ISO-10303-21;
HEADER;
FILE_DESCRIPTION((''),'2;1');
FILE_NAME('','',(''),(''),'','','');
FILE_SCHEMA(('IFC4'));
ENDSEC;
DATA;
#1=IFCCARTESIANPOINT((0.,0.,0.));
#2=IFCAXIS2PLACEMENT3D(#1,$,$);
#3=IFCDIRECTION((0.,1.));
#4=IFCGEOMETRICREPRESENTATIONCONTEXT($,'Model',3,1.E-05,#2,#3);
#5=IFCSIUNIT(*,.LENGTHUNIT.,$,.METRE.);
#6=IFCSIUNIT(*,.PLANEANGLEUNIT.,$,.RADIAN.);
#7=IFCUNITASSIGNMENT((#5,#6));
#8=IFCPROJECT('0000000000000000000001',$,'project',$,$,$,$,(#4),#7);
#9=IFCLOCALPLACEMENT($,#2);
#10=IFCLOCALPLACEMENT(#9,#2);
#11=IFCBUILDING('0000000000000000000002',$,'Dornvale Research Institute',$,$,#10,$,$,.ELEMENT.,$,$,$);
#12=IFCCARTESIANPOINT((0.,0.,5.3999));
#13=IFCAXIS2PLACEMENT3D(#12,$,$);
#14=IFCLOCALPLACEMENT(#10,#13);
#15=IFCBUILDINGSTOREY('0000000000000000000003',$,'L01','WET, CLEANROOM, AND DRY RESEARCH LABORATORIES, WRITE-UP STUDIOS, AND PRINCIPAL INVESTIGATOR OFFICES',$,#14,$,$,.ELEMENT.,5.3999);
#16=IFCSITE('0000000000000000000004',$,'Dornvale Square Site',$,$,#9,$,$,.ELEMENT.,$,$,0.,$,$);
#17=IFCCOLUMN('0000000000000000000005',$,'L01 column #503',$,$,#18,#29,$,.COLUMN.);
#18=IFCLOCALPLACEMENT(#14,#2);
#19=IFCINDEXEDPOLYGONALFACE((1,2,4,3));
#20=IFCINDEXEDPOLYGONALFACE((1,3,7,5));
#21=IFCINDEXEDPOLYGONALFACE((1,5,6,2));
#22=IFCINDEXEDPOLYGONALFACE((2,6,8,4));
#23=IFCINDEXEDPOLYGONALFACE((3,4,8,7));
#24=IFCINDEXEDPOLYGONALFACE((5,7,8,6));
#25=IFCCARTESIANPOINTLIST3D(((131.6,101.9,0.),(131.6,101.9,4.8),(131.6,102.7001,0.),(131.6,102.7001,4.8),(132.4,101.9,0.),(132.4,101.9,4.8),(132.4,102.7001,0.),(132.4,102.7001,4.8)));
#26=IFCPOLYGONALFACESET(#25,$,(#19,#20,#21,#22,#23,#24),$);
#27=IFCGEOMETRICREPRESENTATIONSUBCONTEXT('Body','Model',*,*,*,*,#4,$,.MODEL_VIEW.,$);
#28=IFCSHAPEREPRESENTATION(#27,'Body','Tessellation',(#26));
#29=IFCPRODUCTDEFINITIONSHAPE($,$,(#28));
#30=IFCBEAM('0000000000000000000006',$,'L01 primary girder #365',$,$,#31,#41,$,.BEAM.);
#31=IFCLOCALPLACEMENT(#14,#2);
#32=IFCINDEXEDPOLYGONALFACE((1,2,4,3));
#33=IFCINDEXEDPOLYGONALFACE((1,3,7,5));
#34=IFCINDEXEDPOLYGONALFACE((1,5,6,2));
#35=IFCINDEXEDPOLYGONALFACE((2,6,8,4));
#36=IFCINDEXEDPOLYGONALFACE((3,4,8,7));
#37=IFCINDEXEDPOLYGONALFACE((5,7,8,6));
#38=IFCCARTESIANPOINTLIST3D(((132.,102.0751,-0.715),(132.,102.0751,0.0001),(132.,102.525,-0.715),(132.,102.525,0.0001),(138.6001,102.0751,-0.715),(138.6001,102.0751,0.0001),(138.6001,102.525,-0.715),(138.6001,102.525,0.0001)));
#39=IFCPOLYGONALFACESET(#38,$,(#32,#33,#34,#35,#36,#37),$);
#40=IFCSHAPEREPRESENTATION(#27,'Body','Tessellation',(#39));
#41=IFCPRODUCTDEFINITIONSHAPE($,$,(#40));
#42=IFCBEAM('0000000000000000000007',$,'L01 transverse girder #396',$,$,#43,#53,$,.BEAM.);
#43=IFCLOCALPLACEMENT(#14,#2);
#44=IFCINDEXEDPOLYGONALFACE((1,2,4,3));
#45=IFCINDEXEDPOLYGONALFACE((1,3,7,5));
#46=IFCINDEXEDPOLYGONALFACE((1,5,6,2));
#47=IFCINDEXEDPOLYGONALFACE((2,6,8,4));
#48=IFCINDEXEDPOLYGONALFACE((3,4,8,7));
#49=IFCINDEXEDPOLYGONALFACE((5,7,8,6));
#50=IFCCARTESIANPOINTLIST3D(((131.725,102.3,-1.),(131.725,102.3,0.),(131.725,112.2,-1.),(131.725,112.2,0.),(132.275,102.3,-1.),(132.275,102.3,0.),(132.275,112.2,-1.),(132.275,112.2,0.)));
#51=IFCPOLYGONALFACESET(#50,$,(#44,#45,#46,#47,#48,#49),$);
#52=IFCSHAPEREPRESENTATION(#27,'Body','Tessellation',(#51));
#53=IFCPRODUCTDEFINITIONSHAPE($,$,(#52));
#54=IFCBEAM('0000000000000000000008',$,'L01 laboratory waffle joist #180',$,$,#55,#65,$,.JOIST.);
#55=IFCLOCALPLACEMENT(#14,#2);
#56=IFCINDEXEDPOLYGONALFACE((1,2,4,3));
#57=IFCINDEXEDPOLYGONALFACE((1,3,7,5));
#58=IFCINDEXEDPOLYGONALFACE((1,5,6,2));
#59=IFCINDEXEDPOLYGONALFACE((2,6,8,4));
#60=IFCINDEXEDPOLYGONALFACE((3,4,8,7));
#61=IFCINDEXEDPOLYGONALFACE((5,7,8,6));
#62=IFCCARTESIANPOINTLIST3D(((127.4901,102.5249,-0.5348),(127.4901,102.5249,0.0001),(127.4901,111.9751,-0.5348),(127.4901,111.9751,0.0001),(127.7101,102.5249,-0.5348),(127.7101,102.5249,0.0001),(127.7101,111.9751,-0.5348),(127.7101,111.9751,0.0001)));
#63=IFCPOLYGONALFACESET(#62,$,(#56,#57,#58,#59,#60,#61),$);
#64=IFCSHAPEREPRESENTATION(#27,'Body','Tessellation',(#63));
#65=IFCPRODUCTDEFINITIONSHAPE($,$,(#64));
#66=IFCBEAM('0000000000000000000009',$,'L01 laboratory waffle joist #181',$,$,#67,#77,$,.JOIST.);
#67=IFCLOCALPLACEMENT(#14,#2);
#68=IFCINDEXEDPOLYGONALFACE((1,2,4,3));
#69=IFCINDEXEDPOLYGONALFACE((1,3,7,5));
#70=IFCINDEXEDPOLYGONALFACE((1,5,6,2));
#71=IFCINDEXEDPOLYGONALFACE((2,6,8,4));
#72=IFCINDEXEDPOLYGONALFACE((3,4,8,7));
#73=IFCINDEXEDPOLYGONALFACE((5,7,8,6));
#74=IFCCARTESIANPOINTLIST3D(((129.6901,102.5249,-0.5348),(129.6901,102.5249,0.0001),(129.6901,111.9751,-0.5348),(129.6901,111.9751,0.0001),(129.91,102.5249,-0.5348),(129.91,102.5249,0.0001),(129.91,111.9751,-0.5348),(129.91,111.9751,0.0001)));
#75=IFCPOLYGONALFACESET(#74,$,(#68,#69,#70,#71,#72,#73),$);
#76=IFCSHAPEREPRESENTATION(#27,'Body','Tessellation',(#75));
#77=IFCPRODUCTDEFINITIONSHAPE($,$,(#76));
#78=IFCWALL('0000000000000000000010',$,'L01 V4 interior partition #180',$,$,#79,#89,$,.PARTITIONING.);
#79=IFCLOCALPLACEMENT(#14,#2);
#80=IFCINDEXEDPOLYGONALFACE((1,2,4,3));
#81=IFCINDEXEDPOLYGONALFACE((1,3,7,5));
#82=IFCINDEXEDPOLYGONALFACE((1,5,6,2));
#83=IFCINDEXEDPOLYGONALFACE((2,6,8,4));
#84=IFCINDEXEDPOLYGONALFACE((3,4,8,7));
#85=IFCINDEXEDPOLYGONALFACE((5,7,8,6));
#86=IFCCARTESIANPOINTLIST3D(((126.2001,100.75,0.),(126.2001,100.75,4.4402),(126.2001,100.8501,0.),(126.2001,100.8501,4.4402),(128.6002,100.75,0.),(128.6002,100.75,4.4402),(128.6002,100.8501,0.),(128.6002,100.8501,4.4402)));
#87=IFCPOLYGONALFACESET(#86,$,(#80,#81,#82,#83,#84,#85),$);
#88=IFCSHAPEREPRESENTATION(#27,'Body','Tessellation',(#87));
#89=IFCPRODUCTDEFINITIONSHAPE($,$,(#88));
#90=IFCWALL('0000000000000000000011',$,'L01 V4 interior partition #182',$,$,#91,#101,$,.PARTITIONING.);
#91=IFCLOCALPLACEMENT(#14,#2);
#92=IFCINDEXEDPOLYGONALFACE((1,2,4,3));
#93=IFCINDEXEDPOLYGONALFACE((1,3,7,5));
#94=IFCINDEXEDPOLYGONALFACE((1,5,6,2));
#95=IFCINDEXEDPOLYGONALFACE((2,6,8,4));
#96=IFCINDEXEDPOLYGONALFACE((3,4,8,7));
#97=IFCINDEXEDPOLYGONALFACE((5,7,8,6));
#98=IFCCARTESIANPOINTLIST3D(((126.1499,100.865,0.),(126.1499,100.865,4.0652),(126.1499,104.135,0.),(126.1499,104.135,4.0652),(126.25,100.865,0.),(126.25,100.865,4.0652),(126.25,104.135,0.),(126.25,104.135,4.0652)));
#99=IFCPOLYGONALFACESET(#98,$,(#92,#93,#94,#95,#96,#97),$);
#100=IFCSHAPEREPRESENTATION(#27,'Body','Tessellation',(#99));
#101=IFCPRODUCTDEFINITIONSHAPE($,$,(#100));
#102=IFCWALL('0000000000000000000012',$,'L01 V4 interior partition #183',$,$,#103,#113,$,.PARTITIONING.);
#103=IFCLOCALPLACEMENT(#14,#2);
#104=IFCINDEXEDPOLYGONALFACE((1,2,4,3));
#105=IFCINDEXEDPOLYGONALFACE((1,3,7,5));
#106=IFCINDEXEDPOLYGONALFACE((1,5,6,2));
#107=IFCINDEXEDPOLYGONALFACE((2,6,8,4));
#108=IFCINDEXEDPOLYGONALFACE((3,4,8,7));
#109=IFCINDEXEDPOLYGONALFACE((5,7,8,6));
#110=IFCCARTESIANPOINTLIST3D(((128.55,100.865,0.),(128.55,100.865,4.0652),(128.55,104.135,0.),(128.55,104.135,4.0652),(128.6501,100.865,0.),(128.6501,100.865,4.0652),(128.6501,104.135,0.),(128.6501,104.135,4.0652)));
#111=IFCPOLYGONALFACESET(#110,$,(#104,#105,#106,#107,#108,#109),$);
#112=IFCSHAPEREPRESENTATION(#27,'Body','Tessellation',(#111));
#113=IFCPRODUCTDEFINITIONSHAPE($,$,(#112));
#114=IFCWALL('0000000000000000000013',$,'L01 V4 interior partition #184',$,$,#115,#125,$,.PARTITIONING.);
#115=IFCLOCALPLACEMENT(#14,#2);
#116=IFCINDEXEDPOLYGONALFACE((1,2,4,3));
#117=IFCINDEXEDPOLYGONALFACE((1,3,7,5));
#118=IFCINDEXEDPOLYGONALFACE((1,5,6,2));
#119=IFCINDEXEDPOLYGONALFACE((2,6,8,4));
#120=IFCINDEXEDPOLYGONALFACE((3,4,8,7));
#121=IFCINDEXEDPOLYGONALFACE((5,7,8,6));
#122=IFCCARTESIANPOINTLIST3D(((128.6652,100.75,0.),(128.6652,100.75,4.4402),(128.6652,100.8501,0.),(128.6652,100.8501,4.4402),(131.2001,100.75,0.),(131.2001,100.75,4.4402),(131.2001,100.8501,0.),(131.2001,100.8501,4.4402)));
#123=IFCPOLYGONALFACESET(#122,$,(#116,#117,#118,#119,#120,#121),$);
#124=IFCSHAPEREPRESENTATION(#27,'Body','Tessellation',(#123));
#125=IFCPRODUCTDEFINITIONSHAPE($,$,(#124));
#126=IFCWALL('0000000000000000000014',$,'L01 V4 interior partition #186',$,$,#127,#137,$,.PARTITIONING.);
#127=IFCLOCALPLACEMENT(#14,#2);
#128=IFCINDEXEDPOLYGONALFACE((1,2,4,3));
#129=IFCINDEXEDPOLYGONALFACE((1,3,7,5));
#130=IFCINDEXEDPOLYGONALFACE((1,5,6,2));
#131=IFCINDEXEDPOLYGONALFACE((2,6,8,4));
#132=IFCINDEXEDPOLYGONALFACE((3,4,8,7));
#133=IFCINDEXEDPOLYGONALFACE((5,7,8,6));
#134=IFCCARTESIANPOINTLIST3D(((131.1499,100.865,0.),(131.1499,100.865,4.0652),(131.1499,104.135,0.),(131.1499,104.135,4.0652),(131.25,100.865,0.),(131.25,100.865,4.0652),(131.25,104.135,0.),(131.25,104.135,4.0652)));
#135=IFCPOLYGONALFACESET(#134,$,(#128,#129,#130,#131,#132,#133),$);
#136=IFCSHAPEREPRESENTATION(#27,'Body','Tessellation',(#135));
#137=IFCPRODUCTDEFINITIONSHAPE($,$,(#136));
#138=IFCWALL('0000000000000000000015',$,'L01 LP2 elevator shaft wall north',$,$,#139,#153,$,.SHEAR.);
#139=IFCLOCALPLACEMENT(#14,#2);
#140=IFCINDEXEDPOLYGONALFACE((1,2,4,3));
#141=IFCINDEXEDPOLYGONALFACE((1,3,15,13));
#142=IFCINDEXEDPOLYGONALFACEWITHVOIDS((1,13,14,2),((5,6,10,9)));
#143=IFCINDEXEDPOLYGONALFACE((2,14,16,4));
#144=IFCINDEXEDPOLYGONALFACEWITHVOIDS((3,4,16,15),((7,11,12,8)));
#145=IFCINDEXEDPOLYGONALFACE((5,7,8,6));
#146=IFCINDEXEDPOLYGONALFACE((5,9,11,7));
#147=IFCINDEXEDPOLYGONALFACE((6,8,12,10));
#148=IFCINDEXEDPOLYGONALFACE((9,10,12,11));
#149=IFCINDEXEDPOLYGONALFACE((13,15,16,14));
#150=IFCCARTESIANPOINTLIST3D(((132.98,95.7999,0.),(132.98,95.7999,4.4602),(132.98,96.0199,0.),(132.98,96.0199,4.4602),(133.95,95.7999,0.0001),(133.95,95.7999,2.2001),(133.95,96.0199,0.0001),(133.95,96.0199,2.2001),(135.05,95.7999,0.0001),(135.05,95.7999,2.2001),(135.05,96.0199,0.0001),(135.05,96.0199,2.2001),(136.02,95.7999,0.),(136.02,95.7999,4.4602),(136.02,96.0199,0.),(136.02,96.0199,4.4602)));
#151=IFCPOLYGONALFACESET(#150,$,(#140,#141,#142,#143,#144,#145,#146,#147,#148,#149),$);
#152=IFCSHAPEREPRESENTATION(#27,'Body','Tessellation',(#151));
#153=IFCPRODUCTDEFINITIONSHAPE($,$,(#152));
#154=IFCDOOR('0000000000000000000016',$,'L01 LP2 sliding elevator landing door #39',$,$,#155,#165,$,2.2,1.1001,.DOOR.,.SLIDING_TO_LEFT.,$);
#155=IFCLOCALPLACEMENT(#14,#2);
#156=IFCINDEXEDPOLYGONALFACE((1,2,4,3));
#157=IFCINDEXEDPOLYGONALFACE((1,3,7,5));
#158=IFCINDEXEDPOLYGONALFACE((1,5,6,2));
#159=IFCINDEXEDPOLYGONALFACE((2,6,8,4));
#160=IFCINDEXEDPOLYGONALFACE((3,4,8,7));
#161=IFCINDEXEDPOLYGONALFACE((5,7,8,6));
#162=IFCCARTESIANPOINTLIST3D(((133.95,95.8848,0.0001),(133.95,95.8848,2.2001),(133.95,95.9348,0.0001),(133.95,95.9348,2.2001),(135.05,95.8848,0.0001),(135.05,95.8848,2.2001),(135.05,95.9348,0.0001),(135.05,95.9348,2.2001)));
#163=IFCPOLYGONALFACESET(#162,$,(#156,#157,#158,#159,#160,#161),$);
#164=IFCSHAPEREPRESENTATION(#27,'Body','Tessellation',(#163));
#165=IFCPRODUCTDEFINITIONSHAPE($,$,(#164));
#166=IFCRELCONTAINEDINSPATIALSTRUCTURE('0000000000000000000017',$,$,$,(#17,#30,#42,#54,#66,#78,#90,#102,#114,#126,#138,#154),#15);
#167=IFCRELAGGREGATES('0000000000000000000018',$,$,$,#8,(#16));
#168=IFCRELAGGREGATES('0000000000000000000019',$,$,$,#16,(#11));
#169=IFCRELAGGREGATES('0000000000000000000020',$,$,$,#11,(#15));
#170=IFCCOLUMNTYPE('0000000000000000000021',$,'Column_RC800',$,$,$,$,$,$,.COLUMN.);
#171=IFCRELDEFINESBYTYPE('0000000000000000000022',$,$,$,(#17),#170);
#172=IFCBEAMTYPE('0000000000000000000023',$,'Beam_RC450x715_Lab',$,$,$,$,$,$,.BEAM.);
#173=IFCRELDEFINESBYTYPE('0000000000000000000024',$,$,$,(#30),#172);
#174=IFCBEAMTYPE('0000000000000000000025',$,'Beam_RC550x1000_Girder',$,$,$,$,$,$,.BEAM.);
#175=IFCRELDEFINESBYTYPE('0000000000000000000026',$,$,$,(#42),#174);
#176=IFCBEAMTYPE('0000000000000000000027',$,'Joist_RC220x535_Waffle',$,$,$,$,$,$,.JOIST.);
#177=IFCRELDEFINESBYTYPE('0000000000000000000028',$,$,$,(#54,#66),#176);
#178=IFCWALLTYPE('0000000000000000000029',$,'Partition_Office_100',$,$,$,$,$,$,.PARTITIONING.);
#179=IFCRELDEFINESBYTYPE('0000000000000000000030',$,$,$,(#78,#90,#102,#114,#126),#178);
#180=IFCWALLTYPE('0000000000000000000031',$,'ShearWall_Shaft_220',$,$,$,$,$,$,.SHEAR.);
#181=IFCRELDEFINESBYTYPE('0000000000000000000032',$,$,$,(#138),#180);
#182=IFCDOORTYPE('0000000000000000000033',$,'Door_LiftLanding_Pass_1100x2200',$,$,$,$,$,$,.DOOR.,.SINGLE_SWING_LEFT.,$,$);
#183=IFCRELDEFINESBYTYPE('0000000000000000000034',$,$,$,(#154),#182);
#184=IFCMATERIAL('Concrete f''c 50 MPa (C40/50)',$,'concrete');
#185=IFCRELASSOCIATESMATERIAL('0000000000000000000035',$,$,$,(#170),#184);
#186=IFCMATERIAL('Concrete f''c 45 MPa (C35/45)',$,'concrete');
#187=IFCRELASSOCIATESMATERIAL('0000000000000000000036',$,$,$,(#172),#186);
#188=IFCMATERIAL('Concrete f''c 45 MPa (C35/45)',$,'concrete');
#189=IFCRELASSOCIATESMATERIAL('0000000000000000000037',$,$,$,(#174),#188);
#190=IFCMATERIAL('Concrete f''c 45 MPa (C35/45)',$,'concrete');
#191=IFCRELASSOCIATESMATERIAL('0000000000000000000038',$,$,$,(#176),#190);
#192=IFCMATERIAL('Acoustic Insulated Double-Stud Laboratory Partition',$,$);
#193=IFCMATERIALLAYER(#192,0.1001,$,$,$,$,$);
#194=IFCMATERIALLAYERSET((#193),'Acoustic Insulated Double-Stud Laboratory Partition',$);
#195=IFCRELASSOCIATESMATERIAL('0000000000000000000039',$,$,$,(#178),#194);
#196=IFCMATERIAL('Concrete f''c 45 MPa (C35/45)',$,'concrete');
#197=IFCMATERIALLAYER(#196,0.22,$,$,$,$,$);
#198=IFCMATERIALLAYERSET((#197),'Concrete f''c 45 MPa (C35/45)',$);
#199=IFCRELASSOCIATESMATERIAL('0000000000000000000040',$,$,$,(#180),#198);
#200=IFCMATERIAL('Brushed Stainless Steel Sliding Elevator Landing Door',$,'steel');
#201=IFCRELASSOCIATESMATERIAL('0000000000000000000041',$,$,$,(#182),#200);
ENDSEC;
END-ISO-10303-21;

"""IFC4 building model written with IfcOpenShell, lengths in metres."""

from ifc_helpers import new_model, si_unit, direction, frame, frame_2d, origin, origin_2d, place, context, subcontext, project, spatial, rectangle, extrude, material, layer, layer_set, material_profile, profile_set, type_object, element, fill, save


model = new_model("IFC4")

# Units and contexts
model_context = context("Model", 3, precision=1e-05, world=origin(), true_north=direction((0.0, 1.0)))
body_context = subcontext(model_context, "Body", "Model", "MODEL_VIEW")
ifc_project = project(units=[si_unit("LENGTHUNIT", "METRE"), si_unit("PLANEANGLEUNIT", "RADIAN")], contexts=[model_context])

# Site, building, storey
site_placement = place(None, origin())
site = spatial("IfcSite", under=ifc_project, at=site_placement, Name="Dornvale Square Site", CompositionType="ELEMENT", RefElevation=0.0)
building_placement = place(site_placement, origin())
building = spatial("IfcBuilding", under=site, at=building_placement, Name="Dornvale Research Institute", CompositionType="ELEMENT")
storey_placement = place(building_placement, frame((0.0, 0.0, 5.3999)))
storey = spatial("IfcBuildingStorey", under=building, at=storey_placement, Name="L01", Description="WET, CLEANROOM, AND DRY RESEARCH LABORATORIES, WRITE-UP STUDIOS, AND PRINCIPAL INVESTIGATOR OFFICES", CompositionType="ELEMENT", Elevation=5.3999)

# Column
ifc_material_1 = material(Name="Concrete f'c 50 MPa (C40/50)", Category="concrete")
ifc_material_profile_1 = material_profile(ifc_material_1, rectangle(XDim=0.8, YDim=0.8, at=origin_2d()), Name="RC 800x800")
ifc_profile_set_1 = profile_set([ifc_material_profile_1], Name="Concrete f'c 50 MPa (C40/50)")
column_type = type_object("IfcColumnType", Name="Column_RC800", PredefinedType="COLUMN", material=ifc_profile_set_1)
column_placement = place(storey_placement, frame((132.0, 102.3, 0.0), z_axis=(0.0, 0.0, 1.0), x_axis=(1.0, 0.0, 0.0)))
element("IfcColumn", 1, at=column_placement, inside=storey, type_object=column_type, Name="L01 column #503", PredefinedType="COLUMN", context=body_context, shape_type="SweptSolid", body=[
    extrude(rectangle(XDim=0.8, YDim=0.8, at=origin_2d()), origin(), (0.0, 0.0, 1.0), 4.8),
])

# Beams
ifc_material_2 = material(Name="Concrete f'c 45 MPa (C35/45)", Category="concrete")
ifc_material_profile_2 = material_profile(ifc_material_2, rectangle(XDim=0.45, YDim=0.7151, at=origin_2d()), Name="RC 450x715")
ifc_profile_set_2 = profile_set([ifc_material_profile_2], Name="Concrete f'c 45 MPa (C35/45)")
beam_type_1 = type_object("IfcBeamType", Name="Beam_RC450x715_Lab", PredefinedType="BEAM", material=ifc_profile_set_2)
beam_1_placement = place(storey_placement, frame((132.0, 102.3, -0.3574), z_axis=(1.0, 0.0, 0.0), x_axis=(0.0, 1.0, 0.0)))
element("IfcBeam", 2, at=beam_1_placement, inside=storey, type_object=beam_type_1, Name="L01 primary girder #365", PredefinedType="BEAM", context=body_context, shape_type="SweptSolid", body=[
    extrude(rectangle(XDim=0.45, YDim=0.7151, at=origin_2d()), origin(), (0.0, 0.0, 1.0), 6.6001),
])
ifc_material_3 = material(Name="Concrete f'c 45 MPa (C35/45)", Category="concrete")
ifc_material_profile_3 = material_profile(ifc_material_3, rectangle(XDim=0.55, YDim=1.0, at=origin_2d()), Name="RC 550x1000")
ifc_profile_set_3 = profile_set([ifc_material_profile_3], Name="Concrete f'c 45 MPa (C35/45)")
beam_type_2 = type_object("IfcBeamType", Name="Beam_RC550x1000_Girder", PredefinedType="BEAM", material=ifc_profile_set_3)
beam_2_placement = place(storey_placement, frame((132.0, 102.3, -0.5), z_axis=(0.0, 1.0, 0.0), x_axis=(-1.0, 0.0, 0.0)))
element("IfcBeam", 3, at=beam_2_placement, inside=storey, type_object=beam_type_2, Name="L01 transverse girder #396", PredefinedType="BEAM", context=body_context, shape_type="SweptSolid", body=[
    extrude(rectangle(XDim=0.55, YDim=1.0, at=origin_2d()), origin(), (0.0, 0.0, 1.0), 9.8999),
])
ifc_material_4 = material(Name="Concrete f'c 45 MPa (C35/45)", Category="concrete")
ifc_material_profile_4 = material_profile(ifc_material_4, rectangle(XDim=0.22, YDim=0.5349, at=origin_2d()), Name="RC 220x535")
ifc_profile_set_4 = profile_set([ifc_material_profile_4], Name="Concrete f'c 45 MPa (C35/45)")
beam_type_3 = type_object("IfcBeamType", Name="Joist_RC220x535_Waffle", PredefinedType="JOIST", material=ifc_profile_set_4)
for number, where, z_axis, x_axis, name in (
    (4, (127.6001, 102.5249, -0.2673), (0.0, 1.0, 0.0), (-1.0, 0.0, 0.0), "L01 laboratory waffle joist #180"),
    (5, (129.8, 102.5249, -0.2673), (0.0, 1.0, 0.0), (-1.0, 0.0, 0.0), "L01 laboratory waffle joist #181"),
):
    element("IfcBeam", number, at=place(storey_placement, frame(where, z_axis=z_axis, x_axis=x_axis)), inside=storey, type_object=beam_type_3, Name=name, PredefinedType="JOIST", context=body_context, shape_type="SweptSolid", body=[
        extrude(rectangle(XDim=0.22, YDim=0.5349, at=origin_2d()), origin(), (0.0, 0.0, 1.0), 9.4502),
    ])

# Wall
ifc_material_5 = material(Name="Acoustic Insulated Double-Stud Laboratory Partition")
ifc_layer_1 = layer(ifc_material_5, 0.1001)
ifc_layer_set_1 = layer_set([ifc_layer_1], Name="Acoustic Insulated Double-Stud Laboratory Partition")
wall_type_1 = type_object("IfcWallType", Name="Partition_Office_100", PredefinedType="PARTITIONING", material=ifc_layer_set_1)
wall_1_placement = place(storey_placement, frame((126.2, 100.8, 0.0), z_axis=(0.0, 0.0, 1.0), x_axis=(1.0, 0.0, 0.0)))
element("IfcWall", 6, at=wall_1_placement, inside=storey, type_object=wall_type_1, Name="L01 V4 interior partition #180", PredefinedType="PARTITIONING", context=body_context, shape_type="SweptSolid", body=[
    extrude(rectangle(XDim=2.4001, YDim=0.1001, at=frame_2d((1.2002, 0.0))), origin(), (0.0, 0.0, 1.0), 4.4402),
])

# Walls
for number, where, z_axis, x_axis, name in (
    (7, (126.2, 100.865, 0.0), (0.0, 0.0, 1.0), (0.0, 1.0, 0.0), "L01 V4 interior partition #182"),
    (8, (128.6001, 100.865, 0.0), (0.0, 0.0, 1.0), (0.0, 1.0, 0.0), "L01 V4 interior partition #183"),
):
    element("IfcWall", number, at=place(storey_placement, frame(where, z_axis=z_axis, x_axis=x_axis)), inside=storey, type_object=wall_type_1, Name=name, PredefinedType="PARTITIONING", context=body_context, shape_type="SweptSolid", body=[
        extrude(rectangle(XDim=3.27, YDim=0.1001, at=frame_2d((1.635, 0.0))), origin(), (0.0, 0.0, 1.0), 4.0652),
    ])
wall_2_placement = place(storey_placement, frame((128.665, 100.8, 0.0), z_axis=(0.0, 0.0, 1.0), x_axis=(1.0, 0.0, 0.0)))
element("IfcWall", 9, at=wall_2_placement, inside=storey, type_object=wall_type_1, Name="L01 V4 interior partition #184", PredefinedType="PARTITIONING", context=body_context, shape_type="SweptSolid", body=[
    extrude(rectangle(XDim=2.5349, YDim=0.1001, at=frame_2d((1.2676, 0.0))), origin(), (0.0, 0.0, 1.0), 4.4402),
])

# Wall
wall_3_placement = place(storey_placement, frame((131.2, 100.865, 0.0), z_axis=(0.0, 0.0, 1.0), x_axis=(0.0, 1.0, 0.0)))
element("IfcWall", 10, at=wall_3_placement, inside=storey, type_object=wall_type_1, Name="L01 V4 interior partition #186", PredefinedType="PARTITIONING", context=body_context, shape_type="SweptSolid", body=[
    extrude(rectangle(XDim=3.27, YDim=0.1001, at=frame_2d((1.635, 0.0))), origin(), (0.0, 0.0, 1.0), 4.0652),
])

# Wall, opening, door
ifc_material_6 = material(Name="Concrete f'c 45 MPa (C35/45)", Category="concrete")
ifc_layer_2 = layer(ifc_material_6, 0.22)
ifc_layer_set_2 = layer_set([ifc_layer_2], Name="Concrete f'c 45 MPa (C35/45)")
wall_type_2 = type_object("IfcWallType", Name="ShearWall_Shaft_220", PredefinedType="SHEAR", material=ifc_layer_set_2)
wall_4_placement = place(storey_placement, frame((132.98, 95.9099, 0.0), z_axis=(0.0, 0.0, 1.0), x_axis=(1.0, 0.0, 0.0)))
wall_4 = element("IfcWall", 11, at=wall_4_placement, inside=storey, type_object=wall_type_2, Name="L01 LP2 elevator shaft wall north", PredefinedType="SHEAR", context=body_context, shape_type="SweptSolid", body=[
    extrude(rectangle(XDim=3.04, YDim=0.22, at=frame_2d((1.52, 0.0))), origin(), (0.0, 0.0, 1.0), 4.4602),
])
opening_1_placement = place(wall_4_placement, frame((0.97, 0.0, 0.0)))
opening_1 = element("IfcOpeningElement", 12, at=opening_1_placement, cuts=wall_4, PredefinedType="OPENING", context=body_context, shape_type="SweptSolid", body=[
    extrude(rectangle(XDim=1.1001, YDim=2.2, at=frame_2d((0.55, 1.1001))), frame((0.0, 0.125, 0.0), z_axis=(0.0, -1.0, 0.0), x_axis=(1.0, 0.0, 0.0)), (0.0, 0.0, 1.0), 0.25),
])
ifc_material_7 = material(Name="Brushed Stainless Steel Sliding Elevator Landing Door", Category="steel")
door_type_1 = type_object("IfcDoorType", Name="Door_LiftLanding_Pass_1100x2200", OperationType="SINGLE_SWING_LEFT", PredefinedType="DOOR", material=ifc_material_7)
door_1_placement = place(opening_1_placement, origin())
door_1 = element("IfcDoor", 13, at=door_1_placement, inside=storey, type_object=door_type_1, Name="L01 LP2 sliding elevator landing door #39", OperationType="SLIDING_TO_LEFT", OverallHeight=2.2, OverallWidth=1.1001, PredefinedType="DOOR", context=body_context, shape_type="SweptSolid", body=[
    extrude(rectangle(XDim=1.1001, YDim=2.2, at=frame_2d((0.55, 1.1001))), frame((0.0, 0.0249, 0.0), z_axis=(0.0, -1.0, 0.0), x_axis=(1.0, 0.0, 0.0)), (0.0, 0.0, 1.0), 0.05),
])
fill(opening_1, door_1)

save(model, "model.ifc")
